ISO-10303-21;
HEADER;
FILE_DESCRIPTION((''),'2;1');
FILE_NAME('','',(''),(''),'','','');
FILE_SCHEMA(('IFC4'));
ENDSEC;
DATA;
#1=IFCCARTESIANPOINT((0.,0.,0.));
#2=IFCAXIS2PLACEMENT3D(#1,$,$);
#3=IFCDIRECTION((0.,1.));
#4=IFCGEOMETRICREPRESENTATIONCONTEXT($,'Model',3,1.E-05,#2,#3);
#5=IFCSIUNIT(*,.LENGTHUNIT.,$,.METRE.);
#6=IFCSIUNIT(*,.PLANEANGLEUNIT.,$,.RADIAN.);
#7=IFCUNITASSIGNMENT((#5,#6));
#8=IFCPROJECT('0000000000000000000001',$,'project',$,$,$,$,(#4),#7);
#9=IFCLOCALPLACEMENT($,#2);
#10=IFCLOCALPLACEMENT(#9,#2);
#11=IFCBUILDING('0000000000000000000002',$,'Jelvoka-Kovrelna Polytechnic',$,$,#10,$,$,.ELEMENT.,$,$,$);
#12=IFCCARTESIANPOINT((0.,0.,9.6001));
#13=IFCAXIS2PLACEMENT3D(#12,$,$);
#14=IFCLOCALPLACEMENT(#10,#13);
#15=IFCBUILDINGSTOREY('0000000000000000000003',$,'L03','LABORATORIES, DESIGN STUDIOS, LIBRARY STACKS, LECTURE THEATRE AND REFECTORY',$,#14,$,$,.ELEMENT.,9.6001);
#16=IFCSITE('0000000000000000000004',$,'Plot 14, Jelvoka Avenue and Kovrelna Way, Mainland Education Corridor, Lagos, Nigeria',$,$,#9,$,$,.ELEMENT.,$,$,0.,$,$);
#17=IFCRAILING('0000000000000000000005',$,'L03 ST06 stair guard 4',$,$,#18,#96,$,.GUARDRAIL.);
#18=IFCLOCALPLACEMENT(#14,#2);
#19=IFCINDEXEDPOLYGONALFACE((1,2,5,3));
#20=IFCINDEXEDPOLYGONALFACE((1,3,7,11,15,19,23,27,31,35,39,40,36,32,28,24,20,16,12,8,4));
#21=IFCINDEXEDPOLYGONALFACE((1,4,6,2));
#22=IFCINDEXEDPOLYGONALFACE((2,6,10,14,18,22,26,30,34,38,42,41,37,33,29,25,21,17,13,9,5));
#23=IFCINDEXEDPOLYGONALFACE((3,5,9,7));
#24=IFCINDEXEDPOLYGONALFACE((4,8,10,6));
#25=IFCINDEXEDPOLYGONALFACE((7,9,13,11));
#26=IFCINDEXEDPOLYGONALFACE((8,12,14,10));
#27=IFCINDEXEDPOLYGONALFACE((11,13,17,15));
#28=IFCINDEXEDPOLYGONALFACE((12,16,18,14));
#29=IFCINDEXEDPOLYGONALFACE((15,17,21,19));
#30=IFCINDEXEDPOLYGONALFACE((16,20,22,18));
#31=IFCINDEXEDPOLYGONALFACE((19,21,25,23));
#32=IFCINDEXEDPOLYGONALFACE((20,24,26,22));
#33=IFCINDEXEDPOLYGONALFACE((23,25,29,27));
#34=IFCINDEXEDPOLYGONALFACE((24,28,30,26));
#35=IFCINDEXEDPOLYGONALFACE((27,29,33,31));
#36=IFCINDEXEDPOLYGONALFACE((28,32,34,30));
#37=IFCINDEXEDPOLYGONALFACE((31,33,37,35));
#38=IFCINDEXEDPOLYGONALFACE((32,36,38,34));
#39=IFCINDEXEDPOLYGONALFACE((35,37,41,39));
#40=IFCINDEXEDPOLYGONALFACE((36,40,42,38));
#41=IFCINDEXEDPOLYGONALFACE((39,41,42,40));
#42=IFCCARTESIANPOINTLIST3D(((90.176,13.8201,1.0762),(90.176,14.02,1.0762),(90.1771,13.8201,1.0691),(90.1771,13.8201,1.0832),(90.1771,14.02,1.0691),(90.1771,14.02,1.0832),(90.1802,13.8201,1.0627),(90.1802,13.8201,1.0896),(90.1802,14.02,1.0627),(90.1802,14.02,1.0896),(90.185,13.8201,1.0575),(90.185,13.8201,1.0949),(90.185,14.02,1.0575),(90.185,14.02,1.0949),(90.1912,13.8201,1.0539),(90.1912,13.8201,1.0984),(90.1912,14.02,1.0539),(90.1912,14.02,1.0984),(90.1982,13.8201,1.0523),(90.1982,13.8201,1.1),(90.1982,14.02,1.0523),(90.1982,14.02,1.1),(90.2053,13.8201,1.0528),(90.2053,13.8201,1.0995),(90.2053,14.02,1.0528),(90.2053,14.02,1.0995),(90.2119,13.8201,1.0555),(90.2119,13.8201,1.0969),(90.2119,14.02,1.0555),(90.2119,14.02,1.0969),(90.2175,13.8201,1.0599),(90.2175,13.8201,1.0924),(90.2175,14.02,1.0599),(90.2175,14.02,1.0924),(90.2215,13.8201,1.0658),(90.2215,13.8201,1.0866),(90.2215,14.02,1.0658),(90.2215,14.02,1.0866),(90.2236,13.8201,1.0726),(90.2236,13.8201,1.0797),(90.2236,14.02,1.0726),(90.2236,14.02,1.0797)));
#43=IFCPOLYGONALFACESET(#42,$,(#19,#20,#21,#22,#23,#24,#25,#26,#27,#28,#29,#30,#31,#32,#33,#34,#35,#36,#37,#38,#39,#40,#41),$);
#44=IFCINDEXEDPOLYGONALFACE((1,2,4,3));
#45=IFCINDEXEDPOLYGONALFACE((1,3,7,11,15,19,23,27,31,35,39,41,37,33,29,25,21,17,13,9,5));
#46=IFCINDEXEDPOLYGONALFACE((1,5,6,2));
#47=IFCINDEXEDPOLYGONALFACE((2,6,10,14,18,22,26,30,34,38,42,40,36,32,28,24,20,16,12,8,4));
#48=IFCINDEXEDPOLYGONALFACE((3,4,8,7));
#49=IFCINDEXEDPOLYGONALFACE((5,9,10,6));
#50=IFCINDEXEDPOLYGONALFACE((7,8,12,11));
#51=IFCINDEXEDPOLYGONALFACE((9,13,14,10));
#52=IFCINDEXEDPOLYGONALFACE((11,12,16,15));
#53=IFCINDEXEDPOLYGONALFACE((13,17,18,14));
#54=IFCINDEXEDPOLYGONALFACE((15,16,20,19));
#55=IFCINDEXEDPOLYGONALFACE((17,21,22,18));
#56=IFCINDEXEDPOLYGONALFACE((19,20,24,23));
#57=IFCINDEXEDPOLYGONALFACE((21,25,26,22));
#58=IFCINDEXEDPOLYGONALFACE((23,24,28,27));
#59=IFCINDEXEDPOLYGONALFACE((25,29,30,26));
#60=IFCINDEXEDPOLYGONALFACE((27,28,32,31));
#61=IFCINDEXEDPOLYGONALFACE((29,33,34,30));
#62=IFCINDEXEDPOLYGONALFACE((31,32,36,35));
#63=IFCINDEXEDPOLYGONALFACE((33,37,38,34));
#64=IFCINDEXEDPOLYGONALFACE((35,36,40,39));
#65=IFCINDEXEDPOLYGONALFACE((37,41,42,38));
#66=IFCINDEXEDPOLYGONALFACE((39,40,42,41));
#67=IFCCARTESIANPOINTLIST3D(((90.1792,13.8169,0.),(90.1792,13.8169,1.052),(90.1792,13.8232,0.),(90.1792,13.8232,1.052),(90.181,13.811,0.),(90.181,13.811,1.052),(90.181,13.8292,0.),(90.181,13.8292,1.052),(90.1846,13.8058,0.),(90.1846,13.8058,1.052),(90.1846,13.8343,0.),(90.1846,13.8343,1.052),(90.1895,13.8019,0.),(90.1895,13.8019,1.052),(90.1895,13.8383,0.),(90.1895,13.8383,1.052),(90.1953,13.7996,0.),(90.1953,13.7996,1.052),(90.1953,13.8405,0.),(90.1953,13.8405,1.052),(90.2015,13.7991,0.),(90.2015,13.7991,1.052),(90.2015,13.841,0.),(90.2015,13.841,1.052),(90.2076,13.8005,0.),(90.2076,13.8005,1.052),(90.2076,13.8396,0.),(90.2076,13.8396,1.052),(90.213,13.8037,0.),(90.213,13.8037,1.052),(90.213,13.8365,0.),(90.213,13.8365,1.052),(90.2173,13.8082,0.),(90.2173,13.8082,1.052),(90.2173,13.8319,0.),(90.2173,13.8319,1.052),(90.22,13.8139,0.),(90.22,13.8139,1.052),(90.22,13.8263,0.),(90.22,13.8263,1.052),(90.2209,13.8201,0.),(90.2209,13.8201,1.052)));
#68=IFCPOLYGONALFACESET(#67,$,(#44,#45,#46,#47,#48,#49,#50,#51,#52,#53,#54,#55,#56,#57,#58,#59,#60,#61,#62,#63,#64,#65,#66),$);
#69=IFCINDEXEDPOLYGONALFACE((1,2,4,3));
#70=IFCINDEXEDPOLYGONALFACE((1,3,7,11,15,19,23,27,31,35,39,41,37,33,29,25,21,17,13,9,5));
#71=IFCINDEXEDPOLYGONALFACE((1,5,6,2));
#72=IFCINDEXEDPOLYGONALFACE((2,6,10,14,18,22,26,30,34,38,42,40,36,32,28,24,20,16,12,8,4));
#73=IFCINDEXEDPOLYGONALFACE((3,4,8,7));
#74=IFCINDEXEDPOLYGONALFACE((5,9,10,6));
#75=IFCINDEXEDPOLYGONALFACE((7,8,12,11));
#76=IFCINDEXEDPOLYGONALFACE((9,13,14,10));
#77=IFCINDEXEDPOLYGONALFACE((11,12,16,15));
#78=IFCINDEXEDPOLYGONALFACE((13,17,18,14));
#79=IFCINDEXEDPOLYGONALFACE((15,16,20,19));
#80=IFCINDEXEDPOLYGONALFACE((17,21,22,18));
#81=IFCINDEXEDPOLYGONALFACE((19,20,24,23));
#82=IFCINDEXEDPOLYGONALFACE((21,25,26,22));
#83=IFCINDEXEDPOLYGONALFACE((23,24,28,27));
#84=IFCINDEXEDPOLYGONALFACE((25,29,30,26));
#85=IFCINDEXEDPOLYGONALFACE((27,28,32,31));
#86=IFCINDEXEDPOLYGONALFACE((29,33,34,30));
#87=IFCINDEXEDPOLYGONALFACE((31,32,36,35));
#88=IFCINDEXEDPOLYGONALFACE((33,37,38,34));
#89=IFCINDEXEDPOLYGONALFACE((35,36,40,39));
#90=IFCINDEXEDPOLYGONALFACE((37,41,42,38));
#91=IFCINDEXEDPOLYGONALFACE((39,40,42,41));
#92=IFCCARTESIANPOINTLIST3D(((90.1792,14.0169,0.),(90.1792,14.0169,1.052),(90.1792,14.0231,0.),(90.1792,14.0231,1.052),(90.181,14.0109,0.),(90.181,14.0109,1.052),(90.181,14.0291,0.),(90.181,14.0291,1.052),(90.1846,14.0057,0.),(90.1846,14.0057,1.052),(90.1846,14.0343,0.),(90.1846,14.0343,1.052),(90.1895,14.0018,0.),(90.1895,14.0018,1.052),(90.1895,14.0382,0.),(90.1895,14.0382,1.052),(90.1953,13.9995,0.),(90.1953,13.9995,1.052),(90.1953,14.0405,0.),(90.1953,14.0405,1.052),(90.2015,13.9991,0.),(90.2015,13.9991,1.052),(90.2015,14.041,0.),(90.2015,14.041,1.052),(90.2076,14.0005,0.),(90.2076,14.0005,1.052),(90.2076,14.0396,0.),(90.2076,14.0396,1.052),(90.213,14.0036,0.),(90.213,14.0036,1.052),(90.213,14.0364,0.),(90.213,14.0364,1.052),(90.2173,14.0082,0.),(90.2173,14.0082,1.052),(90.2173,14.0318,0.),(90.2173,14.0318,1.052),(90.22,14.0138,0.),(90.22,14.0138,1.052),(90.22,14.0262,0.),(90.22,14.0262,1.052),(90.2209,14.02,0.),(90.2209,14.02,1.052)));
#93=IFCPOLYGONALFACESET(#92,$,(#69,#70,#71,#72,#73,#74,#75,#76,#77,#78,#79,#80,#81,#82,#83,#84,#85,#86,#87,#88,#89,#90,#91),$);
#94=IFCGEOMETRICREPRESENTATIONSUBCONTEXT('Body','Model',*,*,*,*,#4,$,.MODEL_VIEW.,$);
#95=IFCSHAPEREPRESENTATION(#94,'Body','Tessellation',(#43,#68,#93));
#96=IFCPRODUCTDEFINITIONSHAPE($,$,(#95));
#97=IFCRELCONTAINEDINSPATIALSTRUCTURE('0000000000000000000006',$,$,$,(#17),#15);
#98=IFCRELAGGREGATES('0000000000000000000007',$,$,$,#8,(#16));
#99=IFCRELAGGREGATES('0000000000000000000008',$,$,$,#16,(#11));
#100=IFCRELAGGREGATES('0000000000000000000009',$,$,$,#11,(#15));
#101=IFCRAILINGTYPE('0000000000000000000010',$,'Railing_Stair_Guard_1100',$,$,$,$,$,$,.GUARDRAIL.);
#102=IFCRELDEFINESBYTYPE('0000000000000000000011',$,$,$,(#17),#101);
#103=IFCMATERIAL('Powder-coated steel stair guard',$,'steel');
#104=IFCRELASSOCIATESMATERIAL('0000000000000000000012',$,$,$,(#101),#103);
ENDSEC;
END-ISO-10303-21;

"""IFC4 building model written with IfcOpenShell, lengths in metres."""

from ifc_helpers import new_model, si_unit, direction, frame, origin, origin_2d, place, context, subcontext, project, spatial, circle, extrude, material, type_object, element, save


model = new_model("IFC4")

# Units and contexts
model_context = context("Model", 3, precision=1e-05, world=origin(), true_north=direction((0.0, 1.0)))
body_context = subcontext(model_context, "Body", "Model", "MODEL_VIEW")
ifc_project = project(units=[si_unit("LENGTHUNIT", "METRE"), si_unit("PLANEANGLEUNIT", "RADIAN")], contexts=[model_context])

# Site, building, storey
site_placement = place(None, origin())
site = spatial("IfcSite", under=ifc_project, at=site_placement, Name="Plot 14, Jelvoka Avenue and Kovrelna Way, Mainland Education Corridor, Lagos, Nigeria", CompositionType="ELEMENT", RefElevation=0.0)
building_placement = place(site_placement, origin())
building = spatial("IfcBuilding", under=site, at=building_placement, Name="Jelvoka-Kovrelna Polytechnic", CompositionType="ELEMENT")
storey_placement = place(building_placement, frame((0.0, 0.0, 9.6001)))
storey = spatial("IfcBuildingStorey", under=building, at=storey_placement, Name="L03", Description="LABORATORIES, DESIGN STUDIOS, LIBRARY STACKS, LECTURE THEATRE AND REFECTORY", CompositionType="ELEMENT", Elevation=9.6001)

# Railing
ifc_material_1 = material(Name="Powder-coated steel stair guard", Category="steel")
railing_type_1 = type_object("IfcRailingType", Name="Railing_Stair_Guard_1100", PredefinedType="GUARDRAIL", material=ifc_material_1)
railing_1_placement = place(storey_placement, frame((90.2, 13.8201, 0.0)))
element("IfcRailing", 1, at=railing_1_placement, inside=storey, type_object=railing_type_1, Name="L03 ST06 stair guard 4", PredefinedType="GUARDRAIL", context=body_context, shape_type="SweptSolid", body=[
    extrude(circle(Radius=0.0239, at=origin_2d()), frame((0.0, 0.0, 1.0762), z_axis=(0.0, 1.0, 0.0), x_axis=(-1.0, 0.0, 0.0)), (0.0, 0.0, 1.0), 0.2),
    extrude(circle(Radius=0.021, at=origin_2d()), origin(), (0.0, 0.0, 1.0), 1.052),
    extrude(circle(Radius=0.021, at=origin_2d()), frame((0.0, 0.2, 0.0)), (0.0, 0.0, 1.0), 1.052),
])

save(model, "model.ifc")
